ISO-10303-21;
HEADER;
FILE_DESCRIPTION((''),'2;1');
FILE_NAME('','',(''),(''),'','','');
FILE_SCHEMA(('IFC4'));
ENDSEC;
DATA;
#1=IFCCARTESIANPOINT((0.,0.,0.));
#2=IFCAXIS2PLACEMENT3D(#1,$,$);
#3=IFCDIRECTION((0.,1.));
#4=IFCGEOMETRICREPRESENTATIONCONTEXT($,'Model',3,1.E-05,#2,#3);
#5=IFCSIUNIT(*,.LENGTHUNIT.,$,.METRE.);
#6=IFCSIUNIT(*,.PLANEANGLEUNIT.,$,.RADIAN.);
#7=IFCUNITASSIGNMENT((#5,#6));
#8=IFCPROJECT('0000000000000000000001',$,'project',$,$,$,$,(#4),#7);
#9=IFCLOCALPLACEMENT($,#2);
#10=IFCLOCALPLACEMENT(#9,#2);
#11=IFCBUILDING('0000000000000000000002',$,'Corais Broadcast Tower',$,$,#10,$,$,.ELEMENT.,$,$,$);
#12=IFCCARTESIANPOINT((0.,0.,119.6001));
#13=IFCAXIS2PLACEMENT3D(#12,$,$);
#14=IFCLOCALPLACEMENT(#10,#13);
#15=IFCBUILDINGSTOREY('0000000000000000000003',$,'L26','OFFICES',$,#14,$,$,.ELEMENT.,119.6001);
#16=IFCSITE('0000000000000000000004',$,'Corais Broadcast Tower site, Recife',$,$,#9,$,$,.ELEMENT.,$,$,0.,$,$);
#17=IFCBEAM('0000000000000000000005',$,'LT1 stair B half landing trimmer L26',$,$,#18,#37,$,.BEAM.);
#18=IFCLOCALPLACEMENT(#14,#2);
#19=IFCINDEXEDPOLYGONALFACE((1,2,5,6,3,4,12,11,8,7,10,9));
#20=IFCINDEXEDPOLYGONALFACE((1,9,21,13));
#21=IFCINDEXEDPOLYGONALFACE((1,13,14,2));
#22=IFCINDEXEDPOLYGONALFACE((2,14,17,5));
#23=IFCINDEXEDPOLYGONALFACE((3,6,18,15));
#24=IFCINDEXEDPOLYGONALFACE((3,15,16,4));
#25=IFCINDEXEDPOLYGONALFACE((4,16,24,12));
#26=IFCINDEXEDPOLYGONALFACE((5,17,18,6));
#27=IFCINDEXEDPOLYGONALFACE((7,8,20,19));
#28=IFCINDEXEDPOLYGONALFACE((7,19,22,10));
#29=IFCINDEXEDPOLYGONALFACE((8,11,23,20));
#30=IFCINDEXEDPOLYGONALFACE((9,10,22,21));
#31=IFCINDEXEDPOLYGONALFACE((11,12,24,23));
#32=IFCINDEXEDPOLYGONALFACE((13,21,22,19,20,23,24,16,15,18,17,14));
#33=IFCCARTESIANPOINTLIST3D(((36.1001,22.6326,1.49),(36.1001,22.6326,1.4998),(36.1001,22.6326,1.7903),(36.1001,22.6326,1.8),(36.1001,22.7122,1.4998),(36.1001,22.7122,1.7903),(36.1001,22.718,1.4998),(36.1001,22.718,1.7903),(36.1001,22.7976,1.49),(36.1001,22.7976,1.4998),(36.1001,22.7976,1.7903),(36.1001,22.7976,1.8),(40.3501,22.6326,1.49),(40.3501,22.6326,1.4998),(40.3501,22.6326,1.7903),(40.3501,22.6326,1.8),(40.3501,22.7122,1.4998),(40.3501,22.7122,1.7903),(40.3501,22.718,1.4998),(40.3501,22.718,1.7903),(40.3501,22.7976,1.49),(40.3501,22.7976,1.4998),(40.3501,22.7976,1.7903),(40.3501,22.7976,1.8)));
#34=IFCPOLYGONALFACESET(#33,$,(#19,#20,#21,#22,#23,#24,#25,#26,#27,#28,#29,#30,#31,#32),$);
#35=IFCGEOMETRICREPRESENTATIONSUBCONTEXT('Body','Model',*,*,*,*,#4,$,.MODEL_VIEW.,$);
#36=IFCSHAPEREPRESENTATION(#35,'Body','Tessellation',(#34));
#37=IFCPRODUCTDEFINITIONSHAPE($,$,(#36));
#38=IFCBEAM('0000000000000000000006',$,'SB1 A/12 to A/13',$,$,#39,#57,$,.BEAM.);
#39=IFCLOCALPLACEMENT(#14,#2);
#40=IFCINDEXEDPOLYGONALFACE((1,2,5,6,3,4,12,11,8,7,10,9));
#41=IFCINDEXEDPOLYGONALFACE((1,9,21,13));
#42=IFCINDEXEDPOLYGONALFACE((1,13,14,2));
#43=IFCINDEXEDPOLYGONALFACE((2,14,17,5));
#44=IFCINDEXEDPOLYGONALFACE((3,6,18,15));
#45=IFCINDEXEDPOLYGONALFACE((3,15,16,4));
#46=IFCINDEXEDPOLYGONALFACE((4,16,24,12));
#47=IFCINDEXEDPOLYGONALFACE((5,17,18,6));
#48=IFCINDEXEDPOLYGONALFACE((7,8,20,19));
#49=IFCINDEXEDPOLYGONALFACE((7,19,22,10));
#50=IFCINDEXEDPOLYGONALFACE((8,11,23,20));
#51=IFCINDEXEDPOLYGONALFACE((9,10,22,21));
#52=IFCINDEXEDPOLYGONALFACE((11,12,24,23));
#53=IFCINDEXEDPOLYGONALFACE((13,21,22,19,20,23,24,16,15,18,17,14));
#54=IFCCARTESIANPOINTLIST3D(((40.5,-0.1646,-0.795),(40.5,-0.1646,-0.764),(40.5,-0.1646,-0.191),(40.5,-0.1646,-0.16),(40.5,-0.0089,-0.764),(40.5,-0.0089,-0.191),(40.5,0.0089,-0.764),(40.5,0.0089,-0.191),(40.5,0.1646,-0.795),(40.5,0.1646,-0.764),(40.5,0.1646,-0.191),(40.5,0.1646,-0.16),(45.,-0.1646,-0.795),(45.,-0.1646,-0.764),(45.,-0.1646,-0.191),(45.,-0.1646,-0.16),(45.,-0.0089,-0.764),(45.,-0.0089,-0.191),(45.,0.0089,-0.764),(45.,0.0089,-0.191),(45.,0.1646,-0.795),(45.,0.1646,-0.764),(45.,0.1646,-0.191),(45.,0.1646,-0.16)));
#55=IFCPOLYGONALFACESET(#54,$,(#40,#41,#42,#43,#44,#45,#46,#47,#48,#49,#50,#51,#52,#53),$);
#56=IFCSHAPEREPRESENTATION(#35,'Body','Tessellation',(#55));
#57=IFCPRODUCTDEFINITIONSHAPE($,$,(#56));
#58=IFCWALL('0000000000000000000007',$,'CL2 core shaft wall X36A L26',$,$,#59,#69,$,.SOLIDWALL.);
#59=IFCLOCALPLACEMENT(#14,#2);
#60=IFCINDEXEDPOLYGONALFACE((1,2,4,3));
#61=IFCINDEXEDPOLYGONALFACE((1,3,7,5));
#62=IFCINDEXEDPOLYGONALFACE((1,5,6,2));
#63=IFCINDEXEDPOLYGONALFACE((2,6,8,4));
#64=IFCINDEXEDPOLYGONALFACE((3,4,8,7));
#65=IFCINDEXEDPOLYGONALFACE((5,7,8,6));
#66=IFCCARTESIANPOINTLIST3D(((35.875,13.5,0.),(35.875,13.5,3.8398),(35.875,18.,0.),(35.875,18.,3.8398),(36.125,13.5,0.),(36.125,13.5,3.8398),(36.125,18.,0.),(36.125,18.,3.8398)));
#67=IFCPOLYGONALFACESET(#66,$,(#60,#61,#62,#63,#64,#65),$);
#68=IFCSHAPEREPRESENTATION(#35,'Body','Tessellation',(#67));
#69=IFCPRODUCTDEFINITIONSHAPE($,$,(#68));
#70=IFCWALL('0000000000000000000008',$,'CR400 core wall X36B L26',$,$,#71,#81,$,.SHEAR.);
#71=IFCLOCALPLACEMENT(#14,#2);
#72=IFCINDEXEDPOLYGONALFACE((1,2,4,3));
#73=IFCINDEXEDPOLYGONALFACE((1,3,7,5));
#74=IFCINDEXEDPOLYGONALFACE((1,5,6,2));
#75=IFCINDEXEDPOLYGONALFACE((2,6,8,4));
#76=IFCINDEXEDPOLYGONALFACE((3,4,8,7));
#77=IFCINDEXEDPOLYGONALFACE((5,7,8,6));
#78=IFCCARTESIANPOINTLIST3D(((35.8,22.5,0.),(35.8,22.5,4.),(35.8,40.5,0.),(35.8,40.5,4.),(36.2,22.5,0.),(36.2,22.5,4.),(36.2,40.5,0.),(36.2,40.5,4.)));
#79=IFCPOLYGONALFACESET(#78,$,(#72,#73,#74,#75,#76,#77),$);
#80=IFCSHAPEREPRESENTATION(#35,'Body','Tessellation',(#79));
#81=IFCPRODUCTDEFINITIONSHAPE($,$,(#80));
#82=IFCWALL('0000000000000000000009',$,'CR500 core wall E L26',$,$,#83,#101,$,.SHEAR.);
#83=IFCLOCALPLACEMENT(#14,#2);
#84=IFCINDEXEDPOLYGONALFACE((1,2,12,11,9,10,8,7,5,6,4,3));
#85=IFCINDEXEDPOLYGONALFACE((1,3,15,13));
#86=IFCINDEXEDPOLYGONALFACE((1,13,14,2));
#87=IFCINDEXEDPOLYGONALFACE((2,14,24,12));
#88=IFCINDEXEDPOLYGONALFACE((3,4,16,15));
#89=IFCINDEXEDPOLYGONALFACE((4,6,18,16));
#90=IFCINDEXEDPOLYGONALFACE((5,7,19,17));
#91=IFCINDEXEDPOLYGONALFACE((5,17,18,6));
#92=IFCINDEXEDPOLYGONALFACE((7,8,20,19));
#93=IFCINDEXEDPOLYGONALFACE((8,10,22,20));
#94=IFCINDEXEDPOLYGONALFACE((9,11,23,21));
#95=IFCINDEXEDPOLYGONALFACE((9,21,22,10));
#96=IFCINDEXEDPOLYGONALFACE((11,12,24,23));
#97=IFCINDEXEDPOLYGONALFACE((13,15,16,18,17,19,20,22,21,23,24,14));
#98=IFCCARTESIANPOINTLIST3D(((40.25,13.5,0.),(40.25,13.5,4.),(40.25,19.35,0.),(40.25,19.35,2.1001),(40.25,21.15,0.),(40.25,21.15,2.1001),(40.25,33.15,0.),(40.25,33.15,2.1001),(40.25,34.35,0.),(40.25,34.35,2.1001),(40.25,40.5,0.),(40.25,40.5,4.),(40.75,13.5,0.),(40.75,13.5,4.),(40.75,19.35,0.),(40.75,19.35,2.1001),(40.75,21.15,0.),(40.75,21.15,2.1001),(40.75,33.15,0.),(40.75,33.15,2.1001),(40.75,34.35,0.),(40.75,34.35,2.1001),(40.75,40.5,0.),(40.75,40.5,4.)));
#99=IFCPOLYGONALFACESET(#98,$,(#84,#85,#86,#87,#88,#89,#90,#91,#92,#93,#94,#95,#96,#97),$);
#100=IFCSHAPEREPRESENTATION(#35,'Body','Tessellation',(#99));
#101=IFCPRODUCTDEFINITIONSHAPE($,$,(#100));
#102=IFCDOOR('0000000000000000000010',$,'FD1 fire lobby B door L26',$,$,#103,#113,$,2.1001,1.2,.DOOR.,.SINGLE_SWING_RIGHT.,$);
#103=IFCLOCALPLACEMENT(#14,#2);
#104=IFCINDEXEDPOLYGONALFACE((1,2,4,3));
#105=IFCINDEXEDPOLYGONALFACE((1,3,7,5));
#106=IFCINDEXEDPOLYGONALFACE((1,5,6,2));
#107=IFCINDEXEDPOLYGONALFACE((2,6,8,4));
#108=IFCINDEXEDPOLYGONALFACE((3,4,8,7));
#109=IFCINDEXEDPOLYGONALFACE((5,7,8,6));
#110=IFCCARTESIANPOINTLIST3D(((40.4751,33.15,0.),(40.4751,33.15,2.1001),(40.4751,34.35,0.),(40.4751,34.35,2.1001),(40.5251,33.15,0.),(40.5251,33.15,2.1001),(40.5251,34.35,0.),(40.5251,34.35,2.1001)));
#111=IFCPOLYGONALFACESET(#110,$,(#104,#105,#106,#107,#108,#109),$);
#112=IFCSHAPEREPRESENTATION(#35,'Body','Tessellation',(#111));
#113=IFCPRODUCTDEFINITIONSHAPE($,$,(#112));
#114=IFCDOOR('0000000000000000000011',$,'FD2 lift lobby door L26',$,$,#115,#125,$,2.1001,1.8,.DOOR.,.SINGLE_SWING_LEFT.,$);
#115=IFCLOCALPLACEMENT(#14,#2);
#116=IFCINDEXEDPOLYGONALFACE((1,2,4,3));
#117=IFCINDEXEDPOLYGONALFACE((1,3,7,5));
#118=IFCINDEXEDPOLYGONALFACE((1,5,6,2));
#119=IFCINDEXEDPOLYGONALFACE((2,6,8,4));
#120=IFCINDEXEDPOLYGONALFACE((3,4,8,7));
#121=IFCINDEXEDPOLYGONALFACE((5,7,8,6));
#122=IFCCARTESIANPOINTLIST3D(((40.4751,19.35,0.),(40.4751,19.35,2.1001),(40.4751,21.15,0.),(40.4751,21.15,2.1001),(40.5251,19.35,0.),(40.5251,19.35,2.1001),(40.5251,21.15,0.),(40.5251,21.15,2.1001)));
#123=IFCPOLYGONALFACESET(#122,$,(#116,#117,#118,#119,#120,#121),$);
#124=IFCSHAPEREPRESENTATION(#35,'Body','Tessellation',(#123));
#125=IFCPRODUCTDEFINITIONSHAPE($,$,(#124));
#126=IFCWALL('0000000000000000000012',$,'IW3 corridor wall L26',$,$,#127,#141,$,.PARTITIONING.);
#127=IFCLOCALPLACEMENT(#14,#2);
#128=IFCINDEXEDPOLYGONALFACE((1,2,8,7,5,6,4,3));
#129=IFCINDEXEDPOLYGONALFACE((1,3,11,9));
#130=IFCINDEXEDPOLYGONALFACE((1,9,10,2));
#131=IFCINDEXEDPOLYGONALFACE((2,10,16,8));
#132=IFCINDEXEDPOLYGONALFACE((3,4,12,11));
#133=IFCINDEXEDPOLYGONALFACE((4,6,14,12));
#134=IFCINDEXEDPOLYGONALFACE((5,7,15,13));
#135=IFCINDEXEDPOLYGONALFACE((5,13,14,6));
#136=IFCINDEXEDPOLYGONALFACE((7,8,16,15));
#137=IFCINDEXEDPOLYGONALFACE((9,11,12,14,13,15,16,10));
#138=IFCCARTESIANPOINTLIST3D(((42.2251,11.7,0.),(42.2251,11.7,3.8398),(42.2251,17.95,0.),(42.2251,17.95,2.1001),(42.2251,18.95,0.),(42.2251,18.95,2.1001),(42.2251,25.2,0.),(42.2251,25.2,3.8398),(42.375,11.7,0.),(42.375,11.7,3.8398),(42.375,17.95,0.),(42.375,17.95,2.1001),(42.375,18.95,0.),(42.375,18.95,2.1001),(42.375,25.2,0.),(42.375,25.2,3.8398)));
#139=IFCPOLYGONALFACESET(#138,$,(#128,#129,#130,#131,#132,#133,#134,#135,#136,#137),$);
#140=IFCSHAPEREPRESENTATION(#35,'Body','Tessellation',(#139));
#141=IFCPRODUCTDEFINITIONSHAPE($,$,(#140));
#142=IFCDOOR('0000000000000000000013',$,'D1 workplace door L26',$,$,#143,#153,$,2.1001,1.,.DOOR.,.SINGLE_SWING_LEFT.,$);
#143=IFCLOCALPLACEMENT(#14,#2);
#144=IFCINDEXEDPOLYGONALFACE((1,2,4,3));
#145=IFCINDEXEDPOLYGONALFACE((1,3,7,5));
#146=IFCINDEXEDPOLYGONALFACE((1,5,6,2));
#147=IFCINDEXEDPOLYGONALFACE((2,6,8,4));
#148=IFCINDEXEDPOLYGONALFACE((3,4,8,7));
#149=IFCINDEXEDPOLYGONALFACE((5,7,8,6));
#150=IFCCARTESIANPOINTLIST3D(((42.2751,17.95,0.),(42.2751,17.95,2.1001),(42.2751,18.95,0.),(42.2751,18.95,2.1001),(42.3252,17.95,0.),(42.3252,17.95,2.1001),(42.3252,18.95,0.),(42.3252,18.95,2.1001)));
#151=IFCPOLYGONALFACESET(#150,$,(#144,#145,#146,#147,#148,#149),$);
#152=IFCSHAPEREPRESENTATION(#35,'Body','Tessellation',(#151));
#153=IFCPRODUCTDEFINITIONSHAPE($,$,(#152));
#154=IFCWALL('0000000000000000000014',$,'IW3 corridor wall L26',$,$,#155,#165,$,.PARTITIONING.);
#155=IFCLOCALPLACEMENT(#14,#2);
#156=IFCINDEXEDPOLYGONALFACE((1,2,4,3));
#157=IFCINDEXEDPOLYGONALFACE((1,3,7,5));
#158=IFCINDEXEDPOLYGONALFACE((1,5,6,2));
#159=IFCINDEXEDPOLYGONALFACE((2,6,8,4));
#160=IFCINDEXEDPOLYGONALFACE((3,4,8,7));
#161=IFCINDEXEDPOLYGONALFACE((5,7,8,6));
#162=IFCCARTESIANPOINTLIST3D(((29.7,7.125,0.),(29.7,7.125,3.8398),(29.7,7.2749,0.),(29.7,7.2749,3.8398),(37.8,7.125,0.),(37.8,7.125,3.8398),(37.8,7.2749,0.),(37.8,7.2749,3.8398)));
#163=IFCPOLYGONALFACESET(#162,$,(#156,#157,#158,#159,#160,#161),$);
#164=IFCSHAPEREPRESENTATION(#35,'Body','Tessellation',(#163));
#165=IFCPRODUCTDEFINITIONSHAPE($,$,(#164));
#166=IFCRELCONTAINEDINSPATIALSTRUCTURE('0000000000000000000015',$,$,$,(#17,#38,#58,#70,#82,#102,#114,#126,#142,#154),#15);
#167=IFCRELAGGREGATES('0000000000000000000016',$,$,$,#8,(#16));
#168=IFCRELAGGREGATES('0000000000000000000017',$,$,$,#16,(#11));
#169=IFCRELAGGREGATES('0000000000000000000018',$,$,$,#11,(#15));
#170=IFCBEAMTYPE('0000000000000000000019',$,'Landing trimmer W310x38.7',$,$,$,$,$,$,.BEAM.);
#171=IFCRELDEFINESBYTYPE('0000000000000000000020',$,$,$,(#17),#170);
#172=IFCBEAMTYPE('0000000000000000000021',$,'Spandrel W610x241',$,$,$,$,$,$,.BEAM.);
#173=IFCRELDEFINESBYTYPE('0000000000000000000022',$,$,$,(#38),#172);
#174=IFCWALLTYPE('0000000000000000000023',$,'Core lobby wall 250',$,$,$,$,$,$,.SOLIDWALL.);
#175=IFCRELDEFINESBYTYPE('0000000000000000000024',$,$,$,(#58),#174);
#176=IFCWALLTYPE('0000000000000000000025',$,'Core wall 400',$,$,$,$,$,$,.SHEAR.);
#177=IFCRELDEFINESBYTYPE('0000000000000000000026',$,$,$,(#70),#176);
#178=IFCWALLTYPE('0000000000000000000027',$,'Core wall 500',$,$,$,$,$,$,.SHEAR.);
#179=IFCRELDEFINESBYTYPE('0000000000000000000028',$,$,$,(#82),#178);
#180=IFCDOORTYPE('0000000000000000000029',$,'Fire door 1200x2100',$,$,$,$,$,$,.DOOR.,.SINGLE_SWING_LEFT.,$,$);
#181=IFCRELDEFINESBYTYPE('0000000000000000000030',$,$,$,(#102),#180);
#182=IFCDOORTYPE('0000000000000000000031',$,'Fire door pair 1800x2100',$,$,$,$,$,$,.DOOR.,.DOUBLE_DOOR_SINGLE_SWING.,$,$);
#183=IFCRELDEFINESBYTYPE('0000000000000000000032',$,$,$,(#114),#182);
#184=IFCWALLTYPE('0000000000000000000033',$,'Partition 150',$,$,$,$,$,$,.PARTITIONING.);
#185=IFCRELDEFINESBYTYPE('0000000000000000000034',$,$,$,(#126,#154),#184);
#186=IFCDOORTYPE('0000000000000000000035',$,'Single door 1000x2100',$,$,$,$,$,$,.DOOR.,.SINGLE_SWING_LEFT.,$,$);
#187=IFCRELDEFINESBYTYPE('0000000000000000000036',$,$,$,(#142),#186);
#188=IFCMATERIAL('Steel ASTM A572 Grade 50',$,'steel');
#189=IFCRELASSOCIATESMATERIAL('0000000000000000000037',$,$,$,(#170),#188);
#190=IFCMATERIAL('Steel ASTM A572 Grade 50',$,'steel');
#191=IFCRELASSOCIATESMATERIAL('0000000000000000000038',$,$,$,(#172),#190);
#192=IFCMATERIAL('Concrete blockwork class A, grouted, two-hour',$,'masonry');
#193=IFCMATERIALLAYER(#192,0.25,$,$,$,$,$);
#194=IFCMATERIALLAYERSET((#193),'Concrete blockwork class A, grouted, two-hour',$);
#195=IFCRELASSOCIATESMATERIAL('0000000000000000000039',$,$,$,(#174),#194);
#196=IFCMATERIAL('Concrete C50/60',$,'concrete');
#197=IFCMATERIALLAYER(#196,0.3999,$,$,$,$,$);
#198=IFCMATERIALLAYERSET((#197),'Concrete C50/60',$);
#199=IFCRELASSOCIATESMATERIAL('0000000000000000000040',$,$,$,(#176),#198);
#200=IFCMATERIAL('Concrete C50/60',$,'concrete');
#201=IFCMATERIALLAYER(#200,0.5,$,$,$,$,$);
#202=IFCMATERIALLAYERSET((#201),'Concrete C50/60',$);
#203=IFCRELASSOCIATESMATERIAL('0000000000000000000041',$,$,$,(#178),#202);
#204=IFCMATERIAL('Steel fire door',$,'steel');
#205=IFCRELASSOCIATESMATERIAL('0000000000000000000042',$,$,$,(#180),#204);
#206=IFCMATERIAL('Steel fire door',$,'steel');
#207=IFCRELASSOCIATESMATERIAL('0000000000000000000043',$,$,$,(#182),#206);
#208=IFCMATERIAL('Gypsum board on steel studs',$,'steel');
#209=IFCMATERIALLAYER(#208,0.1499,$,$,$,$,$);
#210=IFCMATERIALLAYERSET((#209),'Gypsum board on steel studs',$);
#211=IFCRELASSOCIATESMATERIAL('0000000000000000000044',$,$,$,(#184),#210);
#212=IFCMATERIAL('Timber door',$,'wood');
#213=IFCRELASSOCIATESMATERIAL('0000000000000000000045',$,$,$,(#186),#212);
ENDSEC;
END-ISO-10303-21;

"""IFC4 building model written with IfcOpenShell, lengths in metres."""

from ifc_helpers import new_model, si_unit, direction, frame, frame_2d, origin, origin_2d, place, context, subcontext, project, spatial, rectangle, i_section, extrude, material, layer, layer_set, material_profile, profile_set, type_object, element, fill, save


model = new_model("IFC4")

# Units and contexts
model_context = context("Model", 3, precision=1e-05, world=origin(), true_north=direction((0.0, 1.0)))
body_context = subcontext(model_context, "Body", "Model", "MODEL_VIEW")
ifc_project = project(units=[si_unit("LENGTHUNIT", "METRE"), si_unit("PLANEANGLEUNIT", "RADIAN")], contexts=[model_context])

# Site, building, storey
site_placement = place(None, origin())
site = spatial("IfcSite", under=ifc_project, at=site_placement, Name="Corais Broadcast Tower site, Recife", CompositionType="ELEMENT", RefElevation=0.0)
building_placement = place(site_placement, origin())
building = spatial("IfcBuilding", under=site, at=building_placement, Name="Corais Broadcast Tower", CompositionType="ELEMENT")
storey_placement = place(building_placement, frame((0.0, 0.0, 119.6001)))
storey = spatial("IfcBuildingStorey", under=building, at=storey_placement, Name="L26", Description="OFFICES", CompositionType="ELEMENT", Elevation=119.6001)

# Beams
ifc_material_1 = material(Name="Steel ASTM A572 Grade 50", Category="steel")
ifc_material_profile_1 = material_profile(ifc_material_1, i_section(OverallWidth=0.165, OverallDepth=0.3101, WebThickness=0.0059, FlangeThickness=0.0098, at=origin_2d()), Name="W310x38.7")
ifc_profile_set_1 = profile_set([ifc_material_profile_1], Name="Steel ASTM A572 Grade 50")
beam_type_1 = type_object("IfcBeamType", Name="Landing trimmer W310x38.7", PredefinedType="BEAM", material=ifc_profile_set_1)
beam_1_placement = place(storey_placement, frame((36.1001, 22.7151, 1.645), z_axis=(1.0, 0.0, 0.0), x_axis=(0.0, 1.0, 0.0)))
element("IfcBeam", 1, at=beam_1_placement, inside=storey, type_object=beam_type_1, Name="LT1 stair B half landing trimmer L26", PredefinedType="BEAM", context=body_context, shape_type="SweptSolid", body=[
    extrude(i_section(OverallWidth=0.165, OverallDepth=0.3101, WebThickness=0.0059, FlangeThickness=0.0098, at=origin_2d()), origin(), (0.0, 0.0, 1.0), 4.25),
])
ifc_material_2 = material(Name="Steel ASTM A572 Grade 50", Category="steel")
ifc_material_profile_2 = material_profile(ifc_material_2, i_section(OverallWidth=0.3291, OverallDepth=0.635, WebThickness=0.0178, FlangeThickness=0.031, at=origin_2d()), Name="W610x241")
ifc_profile_set_2 = profile_set([ifc_material_profile_2], Name="Steel ASTM A572 Grade 50")
beam_type_2 = type_object("IfcBeamType", Name="Spandrel W610x241", PredefinedType="BEAM", material=ifc_profile_set_2)
beam_2_placement = place(storey_placement, frame((40.5, 0.0, -0.4775), z_axis=(1.0, 0.0, 0.0), x_axis=(0.0, 1.0, 0.0)))
element("IfcBeam", 2, at=beam_2_placement, inside=storey, type_object=beam_type_2, Name="SB1 A/12 to A/13", PredefinedType="BEAM", context=body_context, shape_type="SweptSolid", body=[
    extrude(i_section(OverallWidth=0.3291, OverallDepth=0.635, WebThickness=0.0178, FlangeThickness=0.031, at=origin_2d()), origin(), (0.0, 0.0, 1.0), 4.5),
])

# Walls
ifc_material_3 = material(Name="Concrete blockwork class A, grouted, two-hour", Category="masonry")
ifc_layer_1 = layer(ifc_material_3, 0.25)
ifc_layer_set_1 = layer_set([ifc_layer_1], Name="Concrete blockwork class A, grouted, two-hour")
wall_type_1 = type_object("IfcWallType", Name="Core lobby wall 250", PredefinedType="SOLIDWALL", material=ifc_layer_set_1)
wall_1_placement = place(storey_placement, frame((36.0, 13.5, 0.0), z_axis=(0.0, 0.0, 1.0), x_axis=(0.0, 1.0, 0.0)))
element("IfcWall", 3, at=wall_1_placement, inside=storey, type_object=wall_type_1, Name="CL2 core shaft wall X36A L26", PredefinedType="SOLIDWALL", context=body_context, shape_type="SweptSolid", body=[
    extrude(rectangle(XDim=4.5, YDim=0.25, at=frame_2d((2.25, 0.0))), origin(), (0.0, 0.0, 1.0), 3.8398),
])
ifc_material_4 = material(Name="Concrete C50/60", Category="concrete")
ifc_layer_2 = layer(ifc_material_4, 0.3999)
ifc_layer_set_2 = layer_set([ifc_layer_2], Name="Concrete C50/60")
wall_type_2 = type_object("IfcWallType", Name="Core wall 400", PredefinedType="SHEAR", material=ifc_layer_set_2)
wall_2_placement = place(storey_placement, frame((36.0, 22.5, 0.0), z_axis=(0.0, 0.0, 1.0), x_axis=(0.0, 1.0, 0.0)))
element("IfcWall", 4, at=wall_2_placement, inside=storey, type_object=wall_type_2, Name="CR400 core wall X36B L26", PredefinedType="SHEAR", context=body_context, shape_type="SweptSolid", body=[
    extrude(rectangle(XDim=18.0, YDim=0.3999, at=frame_2d((9.0, 0.0))), origin(), (0.0, 0.0, 1.0), 4.0),
])

# Wall, openings, doors
ifc_material_5 = material(Name="Concrete C50/60", Category="concrete")
ifc_layer_3 = layer(ifc_material_5, 0.5)
ifc_layer_set_3 = layer_set([ifc_layer_3], Name="Concrete C50/60")
wall_type_3 = type_object("IfcWallType", Name="Core wall 500", PredefinedType="SHEAR", material=ifc_layer_set_3)
wall_3_placement = place(storey_placement, frame((40.5, 13.5, 0.0), z_axis=(0.0, 0.0, 1.0), x_axis=(0.0, 1.0, 0.0)))
wall_3 = element("IfcWall", 5, at=wall_3_placement, inside=storey, type_object=wall_type_3, Name="CR500 core wall E L26", PredefinedType="SHEAR", context=body_context, shape_type="SweptSolid", body=[
    extrude(rectangle(XDim=27.0, YDim=0.5, at=frame_2d((13.5, 0.0))), origin(), (0.0, 0.0, 1.0), 4.0),
])
opening_1_placement = place(wall_3_placement, frame((5.8501, 0.0, 0.0)))
opening_1 = element("IfcOpeningElement", 6, at=opening_1_placement, cuts=wall_3, PredefinedType="OPENING", context=body_context, shape_type="SweptSolid", body=[
    extrude(rectangle(XDim=1.8, YDim=2.1001, at=frame_2d((0.8999, 1.05))), frame((0.0, 0.26, 0.0), z_axis=(0.0, -1.0, 0.0), x_axis=(1.0, 0.0, 0.0)), (0.0, 0.0, 1.0), 0.52),
])
opening_2_placement = place(wall_3_placement, frame((19.6499, 0.0, 0.0)))
opening_2 = element("IfcOpeningElement", 7, at=opening_2_placement, cuts=wall_3, PredefinedType="OPENING", context=body_context, shape_type="SweptSolid", body=[
    extrude(rectangle(XDim=1.2, YDim=2.1001, at=frame_2d((0.6001, 1.05))), frame((0.0, 0.26, 0.0), z_axis=(0.0, -1.0, 0.0), x_axis=(1.0, 0.0, 0.0)), (0.0, 0.0, 1.0), 0.52),
])
ifc_material_6 = material(Name="Steel fire door", Category="steel")
door_type_1 = type_object("IfcDoorType", Name="Fire door 1200x2100", OperationType="SINGLE_SWING_LEFT", PredefinedType="DOOR", material=ifc_material_6)
door_1_placement = place(opening_2_placement, origin())
door_1 = element("IfcDoor", 8, at=door_1_placement, inside=storey, type_object=door_type_1, Name="FD1 fire lobby B door L26", OperationType="SINGLE_SWING_RIGHT", OverallHeight=2.1001, OverallWidth=1.2, PredefinedType="DOOR", context=body_context, shape_type="SweptSolid", body=[
    extrude(rectangle(XDim=1.2, YDim=2.1001, at=frame_2d((0.6001, 1.05))), frame((0.0, 0.0249, 0.0), z_axis=(0.0, -1.0, 0.0), x_axis=(1.0, 0.0, 0.0)), (0.0, 0.0, 1.0), 0.05),
])
fill(opening_2, door_1)
ifc_material_7 = material(Name="Steel fire door", Category="steel")
door_type_2 = type_object("IfcDoorType", Name="Fire door pair 1800x2100", OperationType="DOUBLE_DOOR_SINGLE_SWING", PredefinedType="DOOR", material=ifc_material_7)
door_2_placement = place(opening_1_placement, origin())
door_2 = element("IfcDoor", 9, at=door_2_placement, inside=storey, type_object=door_type_2, Name="FD2 lift lobby door L26", OperationType="SINGLE_SWING_LEFT", OverallHeight=2.1001, OverallWidth=1.8, PredefinedType="DOOR", context=body_context, shape_type="SweptSolid", body=[
    extrude(rectangle(XDim=1.8, YDim=2.1001, at=frame_2d((0.8999, 1.05))), frame((0.0, 0.0249, 0.0), z_axis=(0.0, -1.0, 0.0), x_axis=(1.0, 0.0, 0.0)), (0.0, 0.0, 1.0), 0.05),
])
fill(opening_1, door_2)

# Wall, opening, door
ifc_material_8 = material(Name="Gypsum board on steel studs", Category="steel")
ifc_layer_4 = layer(ifc_material_8, 0.1499)
ifc_layer_set_4 = layer_set([ifc_layer_4], Name="Gypsum board on steel studs")
wall_type_4 = type_object("IfcWallType", Name="Partition 150", PredefinedType="PARTITIONING", material=ifc_layer_set_4)
wall_4_placement = place(storey_placement, frame((42.3, 11.7, 0.0), z_axis=(0.0, 0.0, 1.0), x_axis=(0.0, 1.0, 0.0)))
wall_4 = element("IfcWall", 10, at=wall_4_placement, inside=storey, type_object=wall_type_4, Name="IW3 corridor wall L26", PredefinedType="PARTITIONING", context=body_context, shape_type="SweptSolid", body=[
    extrude(rectangle(XDim=13.5, YDim=0.1499, at=frame_2d((6.75, 0.0))), origin(), (0.0, 0.0, 1.0), 3.8398),
])
opening_3_placement = place(wall_4_placement, frame((6.25, 0.0, 0.0)))
opening_3 = element("IfcOpeningElement", 11, at=opening_3_placement, cuts=wall_4, PredefinedType="OPENING", context=body_context, shape_type="SweptSolid", body=[
    extrude(rectangle(XDim=1.0, YDim=2.1001, at=frame_2d((0.5, 1.05))), frame((0.0, 0.085, 0.0), z_axis=(0.0, -1.0, 0.0), x_axis=(1.0, 0.0, 0.0)), (0.0, 0.0, 1.0), 0.1699),
])
ifc_material_9 = material(Name="Timber door", Category="wood")
door_type_3 = type_object("IfcDoorType", Name="Single door 1000x2100", OperationType="SINGLE_SWING_LEFT", PredefinedType="DOOR", material=ifc_material_9)
door_3_placement = place(opening_3_placement, origin())
door_3 = element("IfcDoor", 12, at=door_3_placement, inside=storey, type_object=door_type_3, Name="D1 workplace door L26", OperationType="SINGLE_SWING_LEFT", OverallHeight=2.1001, OverallWidth=1.0, PredefinedType="DOOR", context=body_context, shape_type="SweptSolid", body=[
    extrude(rectangle(XDim=1.0, YDim=2.1001, at=frame_2d((0.5, 1.05))), frame((0.0, 0.0249, 0.0), z_axis=(0.0, -1.0, 0.0), x_axis=(1.0, 0.0, 0.0)), (0.0, 0.0, 1.0), 0.05),
])
fill(opening_3, door_3)

# Wall
wall_5_placement = place(storey_placement, frame((29.7, 7.2, 0.0), z_axis=(0.0, 0.0, 1.0), x_axis=(1.0, 0.0, 0.0)))
element("IfcWall", 13, at=wall_5_placement, inside=storey, type_object=wall_type_4, Name="IW3 corridor wall L26", PredefinedType="PARTITIONING", context=body_context, shape_type="SweptSolid", body=[
    extrude(rectangle(XDim=8.1001, YDim=0.1499, at=frame_2d((4.05, 0.0))), origin(), (0.0, 0.0, 1.0), 3.8398),
])

save(model, "model.ifc")
